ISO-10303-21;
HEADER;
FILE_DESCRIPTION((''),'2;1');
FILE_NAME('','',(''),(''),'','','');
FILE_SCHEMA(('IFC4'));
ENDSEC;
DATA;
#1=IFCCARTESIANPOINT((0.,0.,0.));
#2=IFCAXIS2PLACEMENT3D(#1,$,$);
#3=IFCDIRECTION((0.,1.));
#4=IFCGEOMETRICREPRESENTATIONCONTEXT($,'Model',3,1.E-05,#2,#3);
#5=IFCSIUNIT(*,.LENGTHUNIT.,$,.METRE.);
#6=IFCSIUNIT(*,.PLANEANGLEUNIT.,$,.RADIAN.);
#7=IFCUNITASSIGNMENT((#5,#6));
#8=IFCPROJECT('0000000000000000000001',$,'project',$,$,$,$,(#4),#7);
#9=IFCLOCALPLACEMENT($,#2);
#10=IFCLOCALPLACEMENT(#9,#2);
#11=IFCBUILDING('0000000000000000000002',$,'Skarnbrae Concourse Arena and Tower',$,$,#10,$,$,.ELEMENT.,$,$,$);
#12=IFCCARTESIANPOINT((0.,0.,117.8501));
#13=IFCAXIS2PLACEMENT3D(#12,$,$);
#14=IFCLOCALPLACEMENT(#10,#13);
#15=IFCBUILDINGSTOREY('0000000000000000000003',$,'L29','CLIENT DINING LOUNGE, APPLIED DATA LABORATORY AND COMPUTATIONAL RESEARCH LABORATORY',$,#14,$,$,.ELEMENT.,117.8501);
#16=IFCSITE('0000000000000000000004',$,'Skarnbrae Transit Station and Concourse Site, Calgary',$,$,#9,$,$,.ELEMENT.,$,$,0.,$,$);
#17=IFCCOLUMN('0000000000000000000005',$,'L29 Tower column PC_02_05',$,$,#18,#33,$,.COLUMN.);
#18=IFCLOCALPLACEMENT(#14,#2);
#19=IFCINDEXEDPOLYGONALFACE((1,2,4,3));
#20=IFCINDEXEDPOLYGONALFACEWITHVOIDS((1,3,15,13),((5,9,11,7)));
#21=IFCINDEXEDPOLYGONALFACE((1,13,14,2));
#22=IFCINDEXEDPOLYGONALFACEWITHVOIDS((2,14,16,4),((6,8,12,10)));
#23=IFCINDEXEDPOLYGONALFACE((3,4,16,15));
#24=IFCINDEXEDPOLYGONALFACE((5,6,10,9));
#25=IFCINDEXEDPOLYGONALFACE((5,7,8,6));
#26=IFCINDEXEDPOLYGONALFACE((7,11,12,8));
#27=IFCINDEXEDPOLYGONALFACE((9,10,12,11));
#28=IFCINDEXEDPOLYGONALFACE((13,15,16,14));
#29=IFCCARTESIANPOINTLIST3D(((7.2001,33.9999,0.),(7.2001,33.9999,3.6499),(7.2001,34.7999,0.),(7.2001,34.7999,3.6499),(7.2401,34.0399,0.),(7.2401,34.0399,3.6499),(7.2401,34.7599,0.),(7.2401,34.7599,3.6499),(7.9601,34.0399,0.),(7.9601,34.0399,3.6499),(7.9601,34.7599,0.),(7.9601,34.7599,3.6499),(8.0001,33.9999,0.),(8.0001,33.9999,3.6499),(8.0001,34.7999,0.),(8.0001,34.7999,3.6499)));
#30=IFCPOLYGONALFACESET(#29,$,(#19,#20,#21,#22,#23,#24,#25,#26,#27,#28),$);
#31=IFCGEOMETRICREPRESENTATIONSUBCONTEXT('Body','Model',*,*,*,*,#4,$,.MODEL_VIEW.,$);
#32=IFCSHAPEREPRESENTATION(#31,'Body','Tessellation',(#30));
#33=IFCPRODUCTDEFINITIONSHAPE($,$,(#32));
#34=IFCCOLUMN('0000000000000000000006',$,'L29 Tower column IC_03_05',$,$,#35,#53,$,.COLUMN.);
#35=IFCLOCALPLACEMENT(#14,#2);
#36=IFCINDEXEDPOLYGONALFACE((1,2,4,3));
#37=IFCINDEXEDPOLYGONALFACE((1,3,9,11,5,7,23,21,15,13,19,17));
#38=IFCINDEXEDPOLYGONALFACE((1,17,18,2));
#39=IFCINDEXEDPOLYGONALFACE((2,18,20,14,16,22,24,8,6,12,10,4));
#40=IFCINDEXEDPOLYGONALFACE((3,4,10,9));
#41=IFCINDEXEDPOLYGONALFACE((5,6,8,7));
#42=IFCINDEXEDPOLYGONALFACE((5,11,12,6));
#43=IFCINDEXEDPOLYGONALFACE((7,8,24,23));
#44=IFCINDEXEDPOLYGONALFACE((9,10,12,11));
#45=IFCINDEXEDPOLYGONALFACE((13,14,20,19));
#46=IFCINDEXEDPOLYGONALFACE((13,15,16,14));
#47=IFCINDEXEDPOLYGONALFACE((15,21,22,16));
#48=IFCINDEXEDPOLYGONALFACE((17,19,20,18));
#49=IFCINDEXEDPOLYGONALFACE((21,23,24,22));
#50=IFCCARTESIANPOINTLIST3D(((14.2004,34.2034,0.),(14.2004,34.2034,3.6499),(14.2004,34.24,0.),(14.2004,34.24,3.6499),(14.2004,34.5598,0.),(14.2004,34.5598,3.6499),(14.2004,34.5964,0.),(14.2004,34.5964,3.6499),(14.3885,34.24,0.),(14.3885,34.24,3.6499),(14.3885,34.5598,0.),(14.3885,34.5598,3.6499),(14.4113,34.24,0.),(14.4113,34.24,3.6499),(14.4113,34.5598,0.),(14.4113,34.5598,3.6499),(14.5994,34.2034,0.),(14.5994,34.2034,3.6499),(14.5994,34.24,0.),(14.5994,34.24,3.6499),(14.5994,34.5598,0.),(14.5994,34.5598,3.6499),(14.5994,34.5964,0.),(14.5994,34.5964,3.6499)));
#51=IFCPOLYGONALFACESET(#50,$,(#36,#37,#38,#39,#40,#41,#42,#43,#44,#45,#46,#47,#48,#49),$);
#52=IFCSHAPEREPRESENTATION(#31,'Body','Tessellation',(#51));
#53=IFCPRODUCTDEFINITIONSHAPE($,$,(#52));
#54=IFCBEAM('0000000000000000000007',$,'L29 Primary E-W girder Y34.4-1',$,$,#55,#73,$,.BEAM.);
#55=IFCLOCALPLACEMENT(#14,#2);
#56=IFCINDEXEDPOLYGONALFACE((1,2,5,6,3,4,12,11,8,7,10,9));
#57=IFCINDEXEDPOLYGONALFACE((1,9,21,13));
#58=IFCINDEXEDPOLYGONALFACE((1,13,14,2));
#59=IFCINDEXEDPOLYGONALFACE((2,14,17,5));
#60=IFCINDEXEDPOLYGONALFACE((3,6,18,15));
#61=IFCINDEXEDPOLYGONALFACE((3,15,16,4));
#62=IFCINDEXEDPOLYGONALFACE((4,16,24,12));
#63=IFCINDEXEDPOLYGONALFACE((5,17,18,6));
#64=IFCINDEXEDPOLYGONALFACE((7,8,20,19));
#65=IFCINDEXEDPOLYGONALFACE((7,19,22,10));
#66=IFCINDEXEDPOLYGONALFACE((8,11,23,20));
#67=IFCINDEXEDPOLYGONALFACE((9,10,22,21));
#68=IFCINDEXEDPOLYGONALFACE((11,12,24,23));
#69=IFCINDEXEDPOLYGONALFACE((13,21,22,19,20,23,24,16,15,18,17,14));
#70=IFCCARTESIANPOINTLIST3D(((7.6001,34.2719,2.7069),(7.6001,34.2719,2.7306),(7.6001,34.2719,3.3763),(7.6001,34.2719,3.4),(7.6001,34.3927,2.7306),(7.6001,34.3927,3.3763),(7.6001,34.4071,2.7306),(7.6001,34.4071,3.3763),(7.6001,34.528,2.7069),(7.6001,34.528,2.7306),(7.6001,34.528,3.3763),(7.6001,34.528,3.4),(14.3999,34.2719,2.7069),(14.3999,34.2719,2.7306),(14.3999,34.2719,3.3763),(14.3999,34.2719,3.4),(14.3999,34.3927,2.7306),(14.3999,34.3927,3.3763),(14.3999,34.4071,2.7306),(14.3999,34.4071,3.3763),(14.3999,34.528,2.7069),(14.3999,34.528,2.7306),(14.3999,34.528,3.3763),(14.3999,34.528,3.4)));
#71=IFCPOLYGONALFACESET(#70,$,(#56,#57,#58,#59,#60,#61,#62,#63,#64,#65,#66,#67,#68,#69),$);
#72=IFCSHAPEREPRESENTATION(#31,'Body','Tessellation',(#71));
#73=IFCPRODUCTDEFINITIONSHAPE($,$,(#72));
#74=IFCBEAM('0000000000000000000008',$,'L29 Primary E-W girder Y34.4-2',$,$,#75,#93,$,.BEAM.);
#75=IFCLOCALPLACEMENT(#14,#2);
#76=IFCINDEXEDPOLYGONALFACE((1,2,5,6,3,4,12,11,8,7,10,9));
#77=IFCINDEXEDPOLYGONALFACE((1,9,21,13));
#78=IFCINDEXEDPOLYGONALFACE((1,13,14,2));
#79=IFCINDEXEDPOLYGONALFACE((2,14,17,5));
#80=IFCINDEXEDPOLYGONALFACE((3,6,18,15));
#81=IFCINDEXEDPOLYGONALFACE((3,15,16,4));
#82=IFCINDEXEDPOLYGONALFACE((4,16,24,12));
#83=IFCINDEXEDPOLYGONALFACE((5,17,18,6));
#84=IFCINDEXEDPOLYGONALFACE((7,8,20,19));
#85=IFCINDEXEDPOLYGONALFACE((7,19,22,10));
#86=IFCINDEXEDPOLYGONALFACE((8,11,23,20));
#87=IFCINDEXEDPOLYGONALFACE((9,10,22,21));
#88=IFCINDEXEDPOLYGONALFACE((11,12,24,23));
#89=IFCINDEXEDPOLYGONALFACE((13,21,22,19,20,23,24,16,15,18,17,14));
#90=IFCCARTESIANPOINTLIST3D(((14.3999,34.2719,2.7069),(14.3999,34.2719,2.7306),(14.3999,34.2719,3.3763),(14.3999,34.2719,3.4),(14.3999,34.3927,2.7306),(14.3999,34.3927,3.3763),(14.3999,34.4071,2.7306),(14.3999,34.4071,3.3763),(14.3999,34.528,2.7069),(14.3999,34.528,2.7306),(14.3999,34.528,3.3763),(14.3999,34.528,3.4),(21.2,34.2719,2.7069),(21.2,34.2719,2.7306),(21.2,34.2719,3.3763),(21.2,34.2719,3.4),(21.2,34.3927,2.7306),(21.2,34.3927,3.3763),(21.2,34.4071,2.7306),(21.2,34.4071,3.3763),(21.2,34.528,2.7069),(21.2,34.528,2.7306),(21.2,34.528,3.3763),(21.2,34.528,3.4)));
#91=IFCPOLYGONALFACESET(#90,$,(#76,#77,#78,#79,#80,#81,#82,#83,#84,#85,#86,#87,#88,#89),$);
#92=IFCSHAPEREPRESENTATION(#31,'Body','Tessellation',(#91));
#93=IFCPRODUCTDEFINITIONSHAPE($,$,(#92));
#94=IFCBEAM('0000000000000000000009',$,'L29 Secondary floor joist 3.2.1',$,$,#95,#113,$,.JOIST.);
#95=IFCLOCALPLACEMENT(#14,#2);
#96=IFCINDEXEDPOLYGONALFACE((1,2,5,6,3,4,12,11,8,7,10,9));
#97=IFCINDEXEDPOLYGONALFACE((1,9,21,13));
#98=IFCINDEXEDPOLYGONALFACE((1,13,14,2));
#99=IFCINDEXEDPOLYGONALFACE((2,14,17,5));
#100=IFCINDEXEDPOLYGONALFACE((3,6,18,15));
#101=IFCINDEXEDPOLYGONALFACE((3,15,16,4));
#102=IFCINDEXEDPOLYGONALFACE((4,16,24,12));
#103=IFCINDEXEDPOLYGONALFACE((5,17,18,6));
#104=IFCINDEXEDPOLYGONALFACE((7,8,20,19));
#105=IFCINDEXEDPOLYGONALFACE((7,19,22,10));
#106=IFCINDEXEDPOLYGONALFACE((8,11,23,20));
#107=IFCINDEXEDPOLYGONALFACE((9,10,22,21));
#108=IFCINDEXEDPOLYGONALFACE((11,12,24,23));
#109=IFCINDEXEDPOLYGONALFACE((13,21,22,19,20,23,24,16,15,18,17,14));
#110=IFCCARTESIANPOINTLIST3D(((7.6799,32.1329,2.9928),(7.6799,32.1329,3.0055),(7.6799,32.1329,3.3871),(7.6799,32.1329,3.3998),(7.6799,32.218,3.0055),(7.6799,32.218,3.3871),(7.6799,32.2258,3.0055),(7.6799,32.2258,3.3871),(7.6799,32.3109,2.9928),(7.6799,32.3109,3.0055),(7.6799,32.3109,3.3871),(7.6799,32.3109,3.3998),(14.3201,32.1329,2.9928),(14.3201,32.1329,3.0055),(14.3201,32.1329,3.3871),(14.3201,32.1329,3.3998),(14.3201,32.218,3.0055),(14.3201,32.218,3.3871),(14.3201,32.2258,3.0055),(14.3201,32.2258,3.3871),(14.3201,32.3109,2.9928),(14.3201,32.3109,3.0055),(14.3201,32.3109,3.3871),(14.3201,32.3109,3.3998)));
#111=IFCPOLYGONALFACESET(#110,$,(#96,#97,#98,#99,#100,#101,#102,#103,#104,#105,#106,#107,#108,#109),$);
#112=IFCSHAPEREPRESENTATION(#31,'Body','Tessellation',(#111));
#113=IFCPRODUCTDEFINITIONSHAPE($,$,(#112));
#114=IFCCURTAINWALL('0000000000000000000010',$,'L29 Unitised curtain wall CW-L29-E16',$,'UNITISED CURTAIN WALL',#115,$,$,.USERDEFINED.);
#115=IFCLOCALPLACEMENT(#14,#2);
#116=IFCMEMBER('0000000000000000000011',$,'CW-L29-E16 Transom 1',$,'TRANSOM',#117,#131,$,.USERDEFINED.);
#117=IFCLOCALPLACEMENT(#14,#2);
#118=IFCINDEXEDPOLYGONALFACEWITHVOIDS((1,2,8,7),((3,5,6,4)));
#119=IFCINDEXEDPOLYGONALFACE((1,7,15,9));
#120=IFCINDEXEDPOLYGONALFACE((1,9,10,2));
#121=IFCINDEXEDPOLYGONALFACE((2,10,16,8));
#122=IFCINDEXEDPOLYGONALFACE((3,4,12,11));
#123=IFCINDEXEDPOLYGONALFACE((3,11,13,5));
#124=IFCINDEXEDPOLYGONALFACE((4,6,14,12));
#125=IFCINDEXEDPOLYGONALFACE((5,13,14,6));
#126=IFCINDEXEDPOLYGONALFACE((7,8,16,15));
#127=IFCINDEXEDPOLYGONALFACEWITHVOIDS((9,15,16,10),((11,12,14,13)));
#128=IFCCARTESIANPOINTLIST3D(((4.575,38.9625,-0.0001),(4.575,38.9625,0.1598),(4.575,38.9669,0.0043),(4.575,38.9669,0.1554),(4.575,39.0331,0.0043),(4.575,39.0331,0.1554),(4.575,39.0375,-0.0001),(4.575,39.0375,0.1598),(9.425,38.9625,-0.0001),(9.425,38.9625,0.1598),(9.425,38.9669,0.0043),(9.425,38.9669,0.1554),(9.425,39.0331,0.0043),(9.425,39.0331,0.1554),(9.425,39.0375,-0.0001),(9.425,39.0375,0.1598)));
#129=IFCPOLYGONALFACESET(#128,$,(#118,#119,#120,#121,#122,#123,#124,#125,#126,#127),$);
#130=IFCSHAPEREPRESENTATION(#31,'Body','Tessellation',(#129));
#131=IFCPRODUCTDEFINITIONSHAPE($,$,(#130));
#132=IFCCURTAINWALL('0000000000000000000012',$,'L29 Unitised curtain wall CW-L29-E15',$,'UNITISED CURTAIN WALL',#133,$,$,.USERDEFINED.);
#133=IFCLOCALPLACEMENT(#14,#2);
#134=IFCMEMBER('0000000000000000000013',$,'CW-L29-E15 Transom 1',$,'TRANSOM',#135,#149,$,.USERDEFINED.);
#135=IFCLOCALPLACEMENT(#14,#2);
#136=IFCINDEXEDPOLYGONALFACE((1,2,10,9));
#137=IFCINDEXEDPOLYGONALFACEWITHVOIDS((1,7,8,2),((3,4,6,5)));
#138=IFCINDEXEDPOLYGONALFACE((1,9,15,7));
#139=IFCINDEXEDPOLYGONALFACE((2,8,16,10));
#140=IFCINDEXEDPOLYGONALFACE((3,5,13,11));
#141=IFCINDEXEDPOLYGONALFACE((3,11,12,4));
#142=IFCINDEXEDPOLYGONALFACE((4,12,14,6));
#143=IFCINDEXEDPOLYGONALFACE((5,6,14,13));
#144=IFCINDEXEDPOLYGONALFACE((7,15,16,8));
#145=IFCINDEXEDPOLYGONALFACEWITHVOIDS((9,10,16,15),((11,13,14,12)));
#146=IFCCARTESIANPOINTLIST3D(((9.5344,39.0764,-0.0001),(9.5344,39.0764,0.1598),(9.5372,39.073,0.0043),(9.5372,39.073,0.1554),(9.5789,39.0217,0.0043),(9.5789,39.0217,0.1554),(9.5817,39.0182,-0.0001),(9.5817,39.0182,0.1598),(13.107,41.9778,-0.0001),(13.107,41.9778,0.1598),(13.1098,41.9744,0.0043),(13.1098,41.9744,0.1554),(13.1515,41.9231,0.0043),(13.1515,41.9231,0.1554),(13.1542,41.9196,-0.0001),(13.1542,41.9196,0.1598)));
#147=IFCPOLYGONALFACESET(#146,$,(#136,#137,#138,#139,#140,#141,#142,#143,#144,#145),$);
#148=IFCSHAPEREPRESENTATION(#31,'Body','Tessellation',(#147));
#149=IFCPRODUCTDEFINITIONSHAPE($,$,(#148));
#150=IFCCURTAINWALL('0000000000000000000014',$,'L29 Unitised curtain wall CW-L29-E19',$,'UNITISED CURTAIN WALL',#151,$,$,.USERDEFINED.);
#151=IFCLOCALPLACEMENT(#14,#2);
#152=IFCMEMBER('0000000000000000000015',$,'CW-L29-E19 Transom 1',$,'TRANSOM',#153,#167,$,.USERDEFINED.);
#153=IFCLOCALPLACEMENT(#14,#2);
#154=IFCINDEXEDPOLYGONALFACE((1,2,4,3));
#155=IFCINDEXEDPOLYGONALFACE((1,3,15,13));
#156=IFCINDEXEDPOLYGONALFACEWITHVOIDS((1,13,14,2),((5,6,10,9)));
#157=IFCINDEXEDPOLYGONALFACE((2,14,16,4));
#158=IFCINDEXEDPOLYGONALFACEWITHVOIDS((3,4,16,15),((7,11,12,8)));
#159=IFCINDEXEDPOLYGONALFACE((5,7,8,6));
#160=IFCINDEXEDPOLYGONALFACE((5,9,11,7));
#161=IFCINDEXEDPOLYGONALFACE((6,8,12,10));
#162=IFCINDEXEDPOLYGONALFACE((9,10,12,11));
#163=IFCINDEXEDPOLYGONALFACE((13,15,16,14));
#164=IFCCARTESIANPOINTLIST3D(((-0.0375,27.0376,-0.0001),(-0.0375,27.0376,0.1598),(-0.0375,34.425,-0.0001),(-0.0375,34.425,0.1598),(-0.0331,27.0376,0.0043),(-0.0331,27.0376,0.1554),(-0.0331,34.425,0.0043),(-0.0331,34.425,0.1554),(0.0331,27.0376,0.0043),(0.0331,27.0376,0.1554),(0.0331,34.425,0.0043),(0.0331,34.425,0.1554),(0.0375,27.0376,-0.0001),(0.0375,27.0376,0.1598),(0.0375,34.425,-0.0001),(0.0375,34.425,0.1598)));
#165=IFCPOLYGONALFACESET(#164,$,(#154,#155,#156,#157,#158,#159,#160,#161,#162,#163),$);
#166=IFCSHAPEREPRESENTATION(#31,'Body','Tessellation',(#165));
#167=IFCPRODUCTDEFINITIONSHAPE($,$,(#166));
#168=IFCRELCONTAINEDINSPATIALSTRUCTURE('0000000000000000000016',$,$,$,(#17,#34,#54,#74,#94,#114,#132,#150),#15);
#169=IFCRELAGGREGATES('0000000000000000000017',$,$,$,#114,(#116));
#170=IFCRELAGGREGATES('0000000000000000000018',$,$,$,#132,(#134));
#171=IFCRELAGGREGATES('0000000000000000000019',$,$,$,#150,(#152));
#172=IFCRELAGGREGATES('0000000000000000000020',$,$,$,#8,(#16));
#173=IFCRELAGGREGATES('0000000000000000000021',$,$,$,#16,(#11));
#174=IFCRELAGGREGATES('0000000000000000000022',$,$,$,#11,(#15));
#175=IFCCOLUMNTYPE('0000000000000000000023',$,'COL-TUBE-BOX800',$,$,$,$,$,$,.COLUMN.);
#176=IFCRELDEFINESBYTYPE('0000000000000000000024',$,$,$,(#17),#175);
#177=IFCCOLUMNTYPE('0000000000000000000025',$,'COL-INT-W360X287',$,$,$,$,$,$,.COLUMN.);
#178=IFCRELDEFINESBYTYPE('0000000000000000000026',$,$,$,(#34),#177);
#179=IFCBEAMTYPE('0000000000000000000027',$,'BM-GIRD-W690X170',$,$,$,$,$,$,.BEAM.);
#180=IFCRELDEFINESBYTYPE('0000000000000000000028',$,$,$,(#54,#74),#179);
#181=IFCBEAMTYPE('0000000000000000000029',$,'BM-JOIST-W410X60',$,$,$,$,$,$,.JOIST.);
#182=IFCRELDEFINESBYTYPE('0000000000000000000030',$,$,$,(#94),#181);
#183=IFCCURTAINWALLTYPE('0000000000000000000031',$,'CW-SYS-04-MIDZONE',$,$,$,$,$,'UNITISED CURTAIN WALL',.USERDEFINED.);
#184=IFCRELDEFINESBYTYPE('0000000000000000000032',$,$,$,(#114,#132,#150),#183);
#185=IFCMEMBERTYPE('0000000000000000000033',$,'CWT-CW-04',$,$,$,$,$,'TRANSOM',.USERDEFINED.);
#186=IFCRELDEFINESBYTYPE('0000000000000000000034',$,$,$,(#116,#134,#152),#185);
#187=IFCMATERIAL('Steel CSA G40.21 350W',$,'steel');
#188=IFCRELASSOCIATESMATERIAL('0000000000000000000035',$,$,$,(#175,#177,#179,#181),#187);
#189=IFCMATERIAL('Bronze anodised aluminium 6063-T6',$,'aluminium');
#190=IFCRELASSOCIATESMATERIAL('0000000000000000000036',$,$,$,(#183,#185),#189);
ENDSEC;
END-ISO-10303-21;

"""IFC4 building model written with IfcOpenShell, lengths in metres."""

from ifc_helpers import new_model, si_unit, direction, frame, origin, origin_2d, place, context, subcontext, project, spatial, hollow_rectangle, i_section, extrude, source, transform, mapped, material, material_profile, profile_set, type_object, element, aggregate, save


model = new_model("IFC4")

# Units and contexts
model_context = context("Model", 3, precision=1e-05, world=origin(), true_north=direction((0.0, 1.0)))
body_context = subcontext(model_context, "Body", "Model", "MODEL_VIEW")
ifc_project = project(units=[si_unit("LENGTHUNIT", "METRE"), si_unit("PLANEANGLEUNIT", "RADIAN")], contexts=[model_context])

# Site, building, storey
site_placement = place(None, origin())
site = spatial("IfcSite", under=ifc_project, at=site_placement, Name="Skarnbrae Transit Station and Concourse Site, Calgary", CompositionType="ELEMENT", RefElevation=0.0)
building_placement = place(site_placement, origin())
building = spatial("IfcBuilding", under=site, at=building_placement, Name="Skarnbrae Concourse Arena and Tower", CompositionType="ELEMENT")
storey_placement = place(building_placement, frame((0.0, 0.0, 117.8501)))
storey = spatial("IfcBuildingStorey", under=building, at=storey_placement, Name="L29", Description="CLIENT DINING LOUNGE, APPLIED DATA LABORATORY AND COMPUTATIONAL RESEARCH LABORATORY", CompositionType="ELEMENT", Elevation=117.8501)

# Columns
ifc_material_1 = material(Name="Steel CSA G40.21 350W", Category="steel")
ifc_material_profile_1 = material_profile(ifc_material_1, hollow_rectangle(XDim=0.8, YDim=0.8, WallThickness=0.04, at=origin_2d()), Name="BOX800X800X40")
ifc_profile_set_1 = profile_set([ifc_material_profile_1], Name="Steel CSA G40.21 350W")
column_type_1 = type_object("IfcColumnType", Name="COL-TUBE-BOX800", PredefinedType="COLUMN", material=ifc_profile_set_1)
shared_shape_1 = source(origin(), body_context, "Body", "SweptSolid", [
    extrude(hollow_rectangle(XDim=0.8, YDim=0.8, WallThickness=0.04, at=origin_2d()), origin(), (0.0, 0.0, 1.0), 3.6499),
])
column_1_placement = place(storey_placement, frame((7.6001, 34.3999, 0.0), z_axis=(0.0, 0.0, 1.0), x_axis=(1.0, 0.0, 0.0)))
element("IfcColumn", 1, at=column_1_placement, inside=storey, type_object=column_type_1, Name="L29 Tower column PC_02_05", PredefinedType="COLUMN", context=body_context, shape_type="MappedRepresentation", body=[
    mapped(shared_shape_1, transform((0.0, 0.0, 0.0))),
])
ifc_material_profile_2 = material_profile(ifc_material_1, i_section(OverallWidth=0.3989, OverallDepth=0.3931, WebThickness=0.0227, FlangeThickness=0.0366, at=origin_2d()), Name="W360X287")
ifc_profile_set_2 = profile_set([ifc_material_profile_2], Name="Steel CSA G40.21 350W")
column_type_2 = type_object("IfcColumnType", Name="COL-INT-W360X287", PredefinedType="COLUMN", material=ifc_profile_set_2)
shared_shape_2 = source(origin(), body_context, "Body", "SweptSolid", [
    extrude(i_section(OverallWidth=0.3989, OverallDepth=0.3931, WebThickness=0.0227, FlangeThickness=0.0366, at=origin_2d()), origin(), (0.0, 0.0, 1.0), 3.6499),
])
column_2_placement = place(storey_placement, frame((14.3999, 34.3999, 0.0), z_axis=(0.0, 0.0, 1.0), x_axis=(1.0, 0.0, 0.0)))
element("IfcColumn", 2, at=column_2_placement, inside=storey, type_object=column_type_2, Name="L29 Tower column IC_03_05", PredefinedType="COLUMN", context=body_context, shape_type="MappedRepresentation", body=[
    mapped(shared_shape_2, transform((0.0, 0.0, 0.0))),
])

# Beams
ifc_material_profile_3 = material_profile(ifc_material_1, i_section(OverallWidth=0.2561, OverallDepth=0.6931, WebThickness=0.0144, FlangeThickness=0.0237, at=origin_2d()), Name="W690X170")
ifc_profile_set_3 = profile_set([ifc_material_profile_3], Name="Steel CSA G40.21 350W")
beam_type_1 = type_object("IfcBeamType", Name="BM-GIRD-W690X170", PredefinedType="BEAM", material=ifc_profile_set_3)
shared_shape_3 = source(origin(), body_context, "Body", "SweptSolid", [
    extrude(i_section(OverallWidth=0.2561, OverallDepth=0.6931, WebThickness=0.0144, FlangeThickness=0.0237, at=origin_2d()), origin(), (0.0, 0.0, 1.0), 6.7998),
])
beam_1_placement = place(storey_placement, frame((7.6001, 34.3999, 3.0535), z_axis=(1.0, 0.0, 0.0), x_axis=(0.0, 1.0, 0.0)))
element("IfcBeam", 3, at=beam_1_placement, inside=storey, type_object=beam_type_1, Name="L29 Primary E-W girder Y34.4-1", PredefinedType="BEAM", context=body_context, shape_type="MappedRepresentation", body=[
    mapped(shared_shape_3, transform((0.0, 0.0, 0.0))),
])
shared_shape_4 = source(origin(), body_context, "Body", "SweptSolid", [
    extrude(i_section(OverallWidth=0.2561, OverallDepth=0.6931, WebThickness=0.0144, FlangeThickness=0.0237, at=origin_2d()), origin(), (0.0, 0.0, 1.0), 6.8),
])
beam_2_placement = place(storey_placement, frame((14.3999, 34.3999, 3.0535), z_axis=(1.0, 0.0, 0.0), x_axis=(0.0, 1.0, 0.0)))
element("IfcBeam", 4, at=beam_2_placement, inside=storey, type_object=beam_type_1, Name="L29 Primary E-W girder Y34.4-2", PredefinedType="BEAM", context=body_context, shape_type="MappedRepresentation", body=[
    mapped(shared_shape_4, transform((0.0, 0.0, 0.0))),
])
ifc_material_profile_4 = material_profile(ifc_material_1, i_section(OverallWidth=0.178, OverallDepth=0.407, WebThickness=0.0078, FlangeThickness=0.0127, at=origin_2d()), Name="W410X60")
ifc_profile_set_4 = profile_set([ifc_material_profile_4], Name="Steel CSA G40.21 350W")
beam_type_2 = type_object("IfcBeamType", Name="BM-JOIST-W410X60", PredefinedType="JOIST", material=ifc_profile_set_4)
shared_shape_5 = source(origin(), body_context, "Body", "SweptSolid", [
    extrude(i_section(OverallWidth=0.178, OverallDepth=0.407, WebThickness=0.0078, FlangeThickness=0.0127, at=origin_2d()), origin(), (0.0, 0.0, 1.0), 6.6401),
])
beam_3_placement = place(storey_placement, frame((7.6799, 32.2219, 3.1963), z_axis=(1.0, 0.0, 0.0), x_axis=(0.0, 1.0, 0.0)))
element("IfcBeam", 5, at=beam_3_placement, inside=storey, type_object=beam_type_2, Name="L29 Secondary floor joist 3.2.1", PredefinedType="JOIST", context=body_context, shape_type="MappedRepresentation", body=[
    mapped(shared_shape_5, transform((0.0, 0.0, 0.0))),
])

# Curtain walls, members
ifc_material_2 = material(Name="Bronze anodised aluminium 6063-T6", Category="aluminium")
curtain_wall_type = type_object("IfcCurtainWallType", Name="CW-SYS-04-MIDZONE", ElementType="UNITISED CURTAIN WALL", PredefinedType="USERDEFINED", material=ifc_material_2)
curtain_wall_1_placement = place(storey_placement, origin())
curtain_wall_1 = element("IfcCurtainWall", 6, at=curtain_wall_1_placement, inside=storey, type_object=curtain_wall_type, Name="L29 Unitised curtain wall CW-L29-E16", ObjectType="UNITISED CURTAIN WALL", PredefinedType="USERDEFINED")
ifc_material_profile_5 = material_profile(ifc_material_2, hollow_rectangle(XDim=0.075, YDim=0.1599, WallThickness=0.0044, at=origin_2d()), Name="ALU-TRAN-75X160")
ifc_profile_set_5 = profile_set([ifc_material_profile_5], Name="Bronze anodised aluminium 6063-T6")
member_type_1 = type_object("IfcMemberType", Name="CWT-CW-04", ElementType="TRANSOM", PredefinedType="USERDEFINED", material=ifc_profile_set_5)
shared_shape_6 = source(origin(), body_context, "Body", "SweptSolid", [
    extrude(hollow_rectangle(XDim=0.075, YDim=0.1599, WallThickness=0.0044, at=origin_2d()), origin(), (0.0, 0.0, 1.0), 4.8501),
])
member_1_placement = place(storey_placement, frame((9.425, 39.0, 0.0798), z_axis=(-1.0, 0.0, 0.0), x_axis=(0.0, -1.0, 0.0)))
member_1 = element("IfcMember", 7, at=member_1_placement, type_object=member_type_1, Name="CW-L29-E16 Transom 1", ObjectType="TRANSOM", PredefinedType="USERDEFINED", context=body_context, shape_type="MappedRepresentation", body=[
    mapped(shared_shape_6, transform((0.0, 0.0, 0.0))),
])
curtain_wall_2_placement = place(storey_placement, origin())
curtain_wall_2 = element("IfcCurtainWall", 8, at=curtain_wall_2_placement, inside=storey, type_object=curtain_wall_type, Name="L29 Unitised curtain wall CW-L29-E15", ObjectType="UNITISED CURTAIN WALL", PredefinedType="USERDEFINED")
shared_shape_7 = source(origin(), body_context, "Body", "SweptSolid", [
    extrude(hollow_rectangle(XDim=0.075, YDim=0.1599, WallThickness=0.0044, at=origin_2d()), origin(), (0.0, 0.0, 1.0), 4.6023),
])
member_2_placement = place(storey_placement, frame((13.1306, 41.9487, 0.0798), z_axis=(-0.776252, -0.630423, 0.0), x_axis=(0.630423, -0.776252, 0.0)))
member_2 = element("IfcMember", 9, at=member_2_placement, type_object=member_type_1, Name="CW-L29-E15 Transom 1", ObjectType="TRANSOM", PredefinedType="USERDEFINED", context=body_context, shape_type="MappedRepresentation", body=[
    mapped(shared_shape_7, transform((0.0, 0.0, 0.0))),
])
curtain_wall_3_placement = place(storey_placement, origin())
curtain_wall_3 = element("IfcCurtainWall", 10, at=curtain_wall_3_placement, inside=storey, type_object=curtain_wall_type, Name="L29 Unitised curtain wall CW-L29-E19", ObjectType="UNITISED CURTAIN WALL", PredefinedType="USERDEFINED")
shared_shape_8 = source(origin(), body_context, "Body", "SweptSolid", [
    extrude(hollow_rectangle(XDim=0.075, YDim=0.1599, WallThickness=0.0044, at=origin_2d()), origin(), (0.0, 0.0, 1.0), 7.3875),
])
member_3_placement = place(storey_placement, frame((0.0, 34.425, 0.0798), z_axis=(0.0, -1.0, 0.0), x_axis=(1.0, 0.0, 0.0)))
member_3 = element("IfcMember", 11, at=member_3_placement, type_object=member_type_1, Name="CW-L29-E19 Transom 1", ObjectType="TRANSOM", PredefinedType="USERDEFINED", context=body_context, shape_type="MappedRepresentation", body=[
    mapped(shared_shape_8, transform((0.0, 0.0, 0.0))),
])

aggregate(curtain_wall_1, [member_1])
aggregate(curtain_wall_2, [member_2])
aggregate(curtain_wall_3, [member_3])

save(model, "model.ifc")
